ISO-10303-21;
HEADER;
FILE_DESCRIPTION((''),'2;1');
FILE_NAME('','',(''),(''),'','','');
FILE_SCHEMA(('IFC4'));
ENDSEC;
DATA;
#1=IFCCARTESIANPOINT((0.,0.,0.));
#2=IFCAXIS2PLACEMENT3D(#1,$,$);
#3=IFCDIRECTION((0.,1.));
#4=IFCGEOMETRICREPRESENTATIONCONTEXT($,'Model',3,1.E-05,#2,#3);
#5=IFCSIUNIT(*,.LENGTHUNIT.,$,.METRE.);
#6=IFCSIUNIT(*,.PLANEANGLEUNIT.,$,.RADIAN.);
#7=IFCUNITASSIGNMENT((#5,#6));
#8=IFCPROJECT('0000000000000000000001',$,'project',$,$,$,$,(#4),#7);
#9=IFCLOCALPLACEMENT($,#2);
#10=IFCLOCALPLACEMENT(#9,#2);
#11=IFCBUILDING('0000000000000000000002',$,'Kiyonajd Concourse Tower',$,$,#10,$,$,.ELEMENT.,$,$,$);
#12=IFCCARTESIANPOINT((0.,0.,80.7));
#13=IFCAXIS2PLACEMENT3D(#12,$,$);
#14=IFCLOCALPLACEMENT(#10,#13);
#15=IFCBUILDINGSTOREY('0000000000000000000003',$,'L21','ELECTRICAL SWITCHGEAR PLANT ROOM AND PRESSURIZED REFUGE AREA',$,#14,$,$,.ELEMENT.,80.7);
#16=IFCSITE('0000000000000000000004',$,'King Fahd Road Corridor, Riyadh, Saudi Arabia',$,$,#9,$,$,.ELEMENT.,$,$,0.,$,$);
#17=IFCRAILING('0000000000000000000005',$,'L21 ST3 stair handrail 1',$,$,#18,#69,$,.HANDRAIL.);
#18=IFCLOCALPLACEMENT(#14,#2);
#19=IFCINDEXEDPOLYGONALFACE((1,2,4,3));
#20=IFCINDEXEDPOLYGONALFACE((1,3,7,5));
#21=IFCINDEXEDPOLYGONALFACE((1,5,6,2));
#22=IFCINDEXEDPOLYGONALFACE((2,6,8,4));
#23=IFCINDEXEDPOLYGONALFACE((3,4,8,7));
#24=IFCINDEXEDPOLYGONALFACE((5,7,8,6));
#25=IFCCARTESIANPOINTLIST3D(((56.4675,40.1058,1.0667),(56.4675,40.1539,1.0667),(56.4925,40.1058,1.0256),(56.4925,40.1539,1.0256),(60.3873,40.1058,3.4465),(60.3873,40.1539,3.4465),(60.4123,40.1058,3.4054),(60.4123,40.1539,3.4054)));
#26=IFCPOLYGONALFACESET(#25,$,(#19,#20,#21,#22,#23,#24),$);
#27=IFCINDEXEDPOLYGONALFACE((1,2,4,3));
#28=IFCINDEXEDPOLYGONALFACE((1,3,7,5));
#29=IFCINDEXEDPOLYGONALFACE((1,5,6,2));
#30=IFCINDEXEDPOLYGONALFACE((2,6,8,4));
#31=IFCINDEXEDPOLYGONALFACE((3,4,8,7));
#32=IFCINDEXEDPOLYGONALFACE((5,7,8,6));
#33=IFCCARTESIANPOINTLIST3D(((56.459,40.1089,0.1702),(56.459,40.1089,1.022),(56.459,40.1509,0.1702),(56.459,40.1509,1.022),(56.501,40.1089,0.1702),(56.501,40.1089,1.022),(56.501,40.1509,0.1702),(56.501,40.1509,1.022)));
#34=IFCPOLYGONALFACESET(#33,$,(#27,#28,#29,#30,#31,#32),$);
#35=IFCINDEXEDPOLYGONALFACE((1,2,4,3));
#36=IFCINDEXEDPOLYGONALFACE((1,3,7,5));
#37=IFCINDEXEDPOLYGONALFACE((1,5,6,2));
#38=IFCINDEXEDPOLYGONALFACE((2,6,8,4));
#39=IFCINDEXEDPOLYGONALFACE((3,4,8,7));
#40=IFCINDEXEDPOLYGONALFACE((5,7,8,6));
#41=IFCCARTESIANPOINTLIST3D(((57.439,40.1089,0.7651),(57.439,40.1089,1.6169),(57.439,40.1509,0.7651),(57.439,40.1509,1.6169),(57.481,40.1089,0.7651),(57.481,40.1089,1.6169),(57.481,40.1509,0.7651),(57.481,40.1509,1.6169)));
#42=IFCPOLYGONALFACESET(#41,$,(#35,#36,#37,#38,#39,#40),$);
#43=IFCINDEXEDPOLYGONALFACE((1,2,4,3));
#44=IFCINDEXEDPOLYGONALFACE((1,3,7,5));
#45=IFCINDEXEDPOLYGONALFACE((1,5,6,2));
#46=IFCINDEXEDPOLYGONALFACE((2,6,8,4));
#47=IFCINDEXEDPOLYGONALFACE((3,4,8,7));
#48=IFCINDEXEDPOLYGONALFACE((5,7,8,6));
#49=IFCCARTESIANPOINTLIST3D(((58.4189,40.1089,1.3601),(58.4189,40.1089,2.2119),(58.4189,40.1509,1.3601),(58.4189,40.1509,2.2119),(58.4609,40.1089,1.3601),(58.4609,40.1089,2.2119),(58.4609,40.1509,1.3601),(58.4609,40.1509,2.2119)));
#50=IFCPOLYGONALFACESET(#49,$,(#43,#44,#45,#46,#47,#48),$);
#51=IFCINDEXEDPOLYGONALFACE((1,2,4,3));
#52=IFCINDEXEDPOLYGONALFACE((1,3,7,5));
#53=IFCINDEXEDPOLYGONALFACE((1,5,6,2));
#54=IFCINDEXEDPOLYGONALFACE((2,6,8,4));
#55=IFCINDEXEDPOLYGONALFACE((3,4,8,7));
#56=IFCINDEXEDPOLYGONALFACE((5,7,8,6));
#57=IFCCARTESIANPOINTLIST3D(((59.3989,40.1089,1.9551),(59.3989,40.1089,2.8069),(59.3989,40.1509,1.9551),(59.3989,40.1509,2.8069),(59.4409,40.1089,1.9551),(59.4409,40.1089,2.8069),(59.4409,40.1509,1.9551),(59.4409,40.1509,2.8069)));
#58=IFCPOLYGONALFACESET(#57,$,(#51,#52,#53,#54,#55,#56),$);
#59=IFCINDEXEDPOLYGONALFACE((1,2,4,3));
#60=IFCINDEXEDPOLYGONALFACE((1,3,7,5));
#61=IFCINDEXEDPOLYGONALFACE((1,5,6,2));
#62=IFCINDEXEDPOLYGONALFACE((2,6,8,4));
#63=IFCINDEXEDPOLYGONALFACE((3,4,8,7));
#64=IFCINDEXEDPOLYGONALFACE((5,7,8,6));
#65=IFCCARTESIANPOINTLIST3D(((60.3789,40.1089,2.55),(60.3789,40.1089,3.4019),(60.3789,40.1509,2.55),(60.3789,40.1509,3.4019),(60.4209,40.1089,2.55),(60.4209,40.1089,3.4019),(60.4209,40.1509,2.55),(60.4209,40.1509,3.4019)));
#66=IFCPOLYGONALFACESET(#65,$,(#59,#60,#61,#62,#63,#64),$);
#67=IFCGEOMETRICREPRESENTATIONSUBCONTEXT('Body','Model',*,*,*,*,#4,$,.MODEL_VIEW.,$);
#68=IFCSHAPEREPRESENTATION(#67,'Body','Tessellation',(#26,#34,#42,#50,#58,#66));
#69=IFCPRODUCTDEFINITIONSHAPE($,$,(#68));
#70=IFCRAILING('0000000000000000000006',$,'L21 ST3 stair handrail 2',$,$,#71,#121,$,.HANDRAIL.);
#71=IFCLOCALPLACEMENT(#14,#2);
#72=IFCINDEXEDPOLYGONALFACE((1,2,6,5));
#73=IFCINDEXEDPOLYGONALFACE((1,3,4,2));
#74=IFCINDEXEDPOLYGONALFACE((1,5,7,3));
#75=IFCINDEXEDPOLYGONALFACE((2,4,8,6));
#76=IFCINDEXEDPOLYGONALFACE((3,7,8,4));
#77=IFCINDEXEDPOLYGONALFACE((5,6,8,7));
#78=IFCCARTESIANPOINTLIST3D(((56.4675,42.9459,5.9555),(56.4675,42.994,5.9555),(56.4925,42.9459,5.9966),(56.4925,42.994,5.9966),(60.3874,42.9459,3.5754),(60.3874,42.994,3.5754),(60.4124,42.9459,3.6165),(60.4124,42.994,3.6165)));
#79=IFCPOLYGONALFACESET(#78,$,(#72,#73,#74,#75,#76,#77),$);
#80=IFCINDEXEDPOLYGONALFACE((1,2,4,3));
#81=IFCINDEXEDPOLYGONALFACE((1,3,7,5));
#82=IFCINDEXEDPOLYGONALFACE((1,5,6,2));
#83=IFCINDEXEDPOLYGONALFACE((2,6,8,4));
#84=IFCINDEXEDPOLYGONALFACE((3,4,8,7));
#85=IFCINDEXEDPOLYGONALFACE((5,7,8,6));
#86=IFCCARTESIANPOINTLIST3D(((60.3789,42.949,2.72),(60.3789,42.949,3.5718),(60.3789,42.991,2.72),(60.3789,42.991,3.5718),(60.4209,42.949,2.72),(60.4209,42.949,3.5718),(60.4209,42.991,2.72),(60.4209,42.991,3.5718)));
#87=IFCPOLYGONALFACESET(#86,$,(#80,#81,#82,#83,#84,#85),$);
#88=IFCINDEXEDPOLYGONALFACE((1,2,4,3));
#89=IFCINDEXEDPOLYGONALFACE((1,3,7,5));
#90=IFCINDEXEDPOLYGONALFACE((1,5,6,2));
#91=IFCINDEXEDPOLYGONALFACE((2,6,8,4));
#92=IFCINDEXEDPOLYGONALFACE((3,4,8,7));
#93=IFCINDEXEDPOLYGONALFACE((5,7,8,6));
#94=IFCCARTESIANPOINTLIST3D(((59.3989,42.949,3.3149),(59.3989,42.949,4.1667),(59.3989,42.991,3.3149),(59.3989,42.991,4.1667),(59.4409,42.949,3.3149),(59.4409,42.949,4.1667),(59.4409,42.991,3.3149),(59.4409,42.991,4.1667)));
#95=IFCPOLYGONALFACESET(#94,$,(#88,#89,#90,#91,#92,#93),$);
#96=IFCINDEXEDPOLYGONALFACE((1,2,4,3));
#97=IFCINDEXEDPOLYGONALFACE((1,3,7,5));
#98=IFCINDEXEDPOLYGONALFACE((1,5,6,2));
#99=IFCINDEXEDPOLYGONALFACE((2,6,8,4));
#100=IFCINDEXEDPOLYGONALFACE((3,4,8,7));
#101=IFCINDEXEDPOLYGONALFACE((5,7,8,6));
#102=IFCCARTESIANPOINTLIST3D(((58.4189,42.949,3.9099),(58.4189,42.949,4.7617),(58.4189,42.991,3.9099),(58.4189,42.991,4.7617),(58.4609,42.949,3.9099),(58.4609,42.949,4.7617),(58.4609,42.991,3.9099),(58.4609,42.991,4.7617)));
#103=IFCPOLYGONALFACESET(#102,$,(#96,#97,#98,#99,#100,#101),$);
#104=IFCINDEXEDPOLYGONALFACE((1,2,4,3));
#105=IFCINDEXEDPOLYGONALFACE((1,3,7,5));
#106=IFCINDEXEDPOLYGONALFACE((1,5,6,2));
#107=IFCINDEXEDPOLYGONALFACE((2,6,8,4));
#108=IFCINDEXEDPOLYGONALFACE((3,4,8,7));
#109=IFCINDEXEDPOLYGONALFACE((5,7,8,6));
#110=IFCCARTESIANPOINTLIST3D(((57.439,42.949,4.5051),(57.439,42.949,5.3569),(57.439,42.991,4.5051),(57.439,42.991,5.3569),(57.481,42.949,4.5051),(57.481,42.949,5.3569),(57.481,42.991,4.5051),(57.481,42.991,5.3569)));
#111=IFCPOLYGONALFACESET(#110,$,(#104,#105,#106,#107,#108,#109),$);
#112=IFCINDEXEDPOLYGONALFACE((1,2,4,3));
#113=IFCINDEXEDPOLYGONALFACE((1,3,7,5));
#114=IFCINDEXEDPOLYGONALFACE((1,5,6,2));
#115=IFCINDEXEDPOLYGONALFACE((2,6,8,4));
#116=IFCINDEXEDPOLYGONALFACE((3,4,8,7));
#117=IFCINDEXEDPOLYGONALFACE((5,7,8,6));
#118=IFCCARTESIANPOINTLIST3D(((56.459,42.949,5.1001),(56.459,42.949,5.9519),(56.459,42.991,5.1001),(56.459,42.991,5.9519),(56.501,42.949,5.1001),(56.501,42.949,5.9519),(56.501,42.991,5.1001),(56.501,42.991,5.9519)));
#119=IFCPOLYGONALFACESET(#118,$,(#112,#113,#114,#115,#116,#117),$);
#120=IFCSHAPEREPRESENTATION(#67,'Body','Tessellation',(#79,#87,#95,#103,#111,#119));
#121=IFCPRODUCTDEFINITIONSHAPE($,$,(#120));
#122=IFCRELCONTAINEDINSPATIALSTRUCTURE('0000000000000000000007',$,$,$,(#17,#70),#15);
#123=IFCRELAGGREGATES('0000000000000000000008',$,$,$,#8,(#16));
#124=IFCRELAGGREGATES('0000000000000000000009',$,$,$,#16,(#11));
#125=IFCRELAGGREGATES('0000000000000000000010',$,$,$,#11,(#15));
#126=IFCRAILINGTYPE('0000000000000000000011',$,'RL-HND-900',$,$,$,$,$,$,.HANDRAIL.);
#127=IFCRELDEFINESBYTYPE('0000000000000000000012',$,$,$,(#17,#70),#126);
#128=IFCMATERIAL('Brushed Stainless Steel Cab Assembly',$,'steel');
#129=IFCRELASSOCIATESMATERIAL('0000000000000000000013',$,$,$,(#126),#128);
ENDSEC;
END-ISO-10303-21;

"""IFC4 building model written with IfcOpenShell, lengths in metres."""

from ifc_helpers import new_model, si_unit, direction, frame, origin, origin_2d, place, context, subcontext, project, spatial, rectangle, extrude, material, type_object, element, save


model = new_model("IFC4")

# Units and contexts
model_context = context("Model", 3, precision=1e-05, world=origin(), true_north=direction((0.0, 1.0)))
body_context = subcontext(model_context, "Body", "Model", "MODEL_VIEW")
ifc_project = project(units=[si_unit("LENGTHUNIT", "METRE"), si_unit("PLANEANGLEUNIT", "RADIAN")], contexts=[model_context])

# Site, building, storey
site_placement = place(None, origin())
site = spatial("IfcSite", under=ifc_project, at=site_placement, Name="King Fahd Road Corridor, Riyadh, Saudi Arabia", CompositionType="ELEMENT", RefElevation=0.0)
building_placement = place(site_placement, origin())
building = spatial("IfcBuilding", under=site, at=building_placement, Name="Kiyonajd Concourse Tower", CompositionType="ELEMENT")
storey_placement = place(building_placement, frame((0.0, 0.0, 80.7)))
storey = spatial("IfcBuildingStorey", under=building, at=storey_placement, Name="L21", Description="ELECTRICAL SWITCHGEAR PLANT ROOM AND PRESSURIZED REFUGE AREA", CompositionType="ELEMENT", Elevation=80.7)

# Shared definitions
ifc_material_1 = material(Name="Brushed Stainless Steel Cab Assembly", Category="steel")

# Railings
railing_type_1 = type_object("IfcRailingType", Name="RL-HND-900", PredefinedType="HANDRAIL", material=ifc_material_1)
railing_1_placement = place(storey_placement, frame((56.48, 40.1299, 0.1702)))
element("IfcRailing", 1, at=railing_1_placement, inside=storey, type_object=railing_type_1, Name="L21 ST3 stair handrail 1", PredefinedType="HANDRAIL", context=body_context, shape_type="SweptSolid", body=[
    extrude(rectangle(XDim=0.0481, YDim=0.0481, at=origin_2d()), frame((0.0, 0.0, 0.876), z_axis=(0.854794, 0.0, 0.518967), x_axis=(0.0, 1.0, 0.0)), (0.0, 0.0, 1.0), 4.5857),
    extrude(rectangle(XDim=0.042, YDim=0.042, at=origin_2d()), origin(), (0.0, 0.0, 1.0), 0.8518),
    extrude(rectangle(XDim=0.042, YDim=0.042, at=origin_2d()), frame((0.98, 0.0, 0.595)), (0.0, 0.0, 1.0), 0.8518),
    extrude(rectangle(XDim=0.042, YDim=0.042, at=origin_2d()), frame((1.96, 0.0, 1.1899)), (0.0, 0.0, 1.0), 0.8518),
    extrude(rectangle(XDim=0.042, YDim=0.042, at=origin_2d()), frame((2.9399, 0.0, 1.7849)), (0.0, 0.0, 1.0), 0.8518),
    extrude(rectangle(XDim=0.042, YDim=0.042, at=origin_2d()), frame((3.9199, 0.0, 2.3799)), (0.0, 0.0, 1.0), 0.8518),
])
railing_2_placement = place(storey_placement, frame((60.3999, 42.97, 2.72)))
element("IfcRailing", 2, at=railing_2_placement, inside=storey, type_object=railing_type_1, Name="L21 ST3 stair handrail 2", PredefinedType="HANDRAIL", context=body_context, shape_type="SweptSolid", body=[
    extrude(rectangle(XDim=0.0481, YDim=0.0481, at=origin_2d()), frame((0.0, 0.0, 0.876), z_axis=(-0.854771, 0.0, 0.519006), x_axis=(0.0, -1.0, 0.0)), (0.0, 0.0, 1.0), 4.5859),
    extrude(rectangle(XDim=0.042, YDim=0.042, at=origin_2d()), origin(), (0.0, 0.0, 1.0), 0.8518),
    extrude(rectangle(XDim=0.042, YDim=0.042, at=origin_2d()), frame((-0.98, 0.0, 0.595)), (0.0, 0.0, 1.0), 0.8518),
    extrude(rectangle(XDim=0.042, YDim=0.042, at=origin_2d()), frame((-1.96, 0.0, 1.1899)), (0.0, 0.0, 1.0), 0.8518),
    extrude(rectangle(XDim=0.042, YDim=0.042, at=origin_2d()), frame((-2.9399, 0.0, 1.7852)), (0.0, 0.0, 1.0), 0.8518),
    extrude(rectangle(XDim=0.042, YDim=0.042, at=origin_2d()), frame((-3.9199, 0.0, 2.3801)), (0.0, 0.0, 1.0), 0.8518),
])

save(model, "model.ifc")
